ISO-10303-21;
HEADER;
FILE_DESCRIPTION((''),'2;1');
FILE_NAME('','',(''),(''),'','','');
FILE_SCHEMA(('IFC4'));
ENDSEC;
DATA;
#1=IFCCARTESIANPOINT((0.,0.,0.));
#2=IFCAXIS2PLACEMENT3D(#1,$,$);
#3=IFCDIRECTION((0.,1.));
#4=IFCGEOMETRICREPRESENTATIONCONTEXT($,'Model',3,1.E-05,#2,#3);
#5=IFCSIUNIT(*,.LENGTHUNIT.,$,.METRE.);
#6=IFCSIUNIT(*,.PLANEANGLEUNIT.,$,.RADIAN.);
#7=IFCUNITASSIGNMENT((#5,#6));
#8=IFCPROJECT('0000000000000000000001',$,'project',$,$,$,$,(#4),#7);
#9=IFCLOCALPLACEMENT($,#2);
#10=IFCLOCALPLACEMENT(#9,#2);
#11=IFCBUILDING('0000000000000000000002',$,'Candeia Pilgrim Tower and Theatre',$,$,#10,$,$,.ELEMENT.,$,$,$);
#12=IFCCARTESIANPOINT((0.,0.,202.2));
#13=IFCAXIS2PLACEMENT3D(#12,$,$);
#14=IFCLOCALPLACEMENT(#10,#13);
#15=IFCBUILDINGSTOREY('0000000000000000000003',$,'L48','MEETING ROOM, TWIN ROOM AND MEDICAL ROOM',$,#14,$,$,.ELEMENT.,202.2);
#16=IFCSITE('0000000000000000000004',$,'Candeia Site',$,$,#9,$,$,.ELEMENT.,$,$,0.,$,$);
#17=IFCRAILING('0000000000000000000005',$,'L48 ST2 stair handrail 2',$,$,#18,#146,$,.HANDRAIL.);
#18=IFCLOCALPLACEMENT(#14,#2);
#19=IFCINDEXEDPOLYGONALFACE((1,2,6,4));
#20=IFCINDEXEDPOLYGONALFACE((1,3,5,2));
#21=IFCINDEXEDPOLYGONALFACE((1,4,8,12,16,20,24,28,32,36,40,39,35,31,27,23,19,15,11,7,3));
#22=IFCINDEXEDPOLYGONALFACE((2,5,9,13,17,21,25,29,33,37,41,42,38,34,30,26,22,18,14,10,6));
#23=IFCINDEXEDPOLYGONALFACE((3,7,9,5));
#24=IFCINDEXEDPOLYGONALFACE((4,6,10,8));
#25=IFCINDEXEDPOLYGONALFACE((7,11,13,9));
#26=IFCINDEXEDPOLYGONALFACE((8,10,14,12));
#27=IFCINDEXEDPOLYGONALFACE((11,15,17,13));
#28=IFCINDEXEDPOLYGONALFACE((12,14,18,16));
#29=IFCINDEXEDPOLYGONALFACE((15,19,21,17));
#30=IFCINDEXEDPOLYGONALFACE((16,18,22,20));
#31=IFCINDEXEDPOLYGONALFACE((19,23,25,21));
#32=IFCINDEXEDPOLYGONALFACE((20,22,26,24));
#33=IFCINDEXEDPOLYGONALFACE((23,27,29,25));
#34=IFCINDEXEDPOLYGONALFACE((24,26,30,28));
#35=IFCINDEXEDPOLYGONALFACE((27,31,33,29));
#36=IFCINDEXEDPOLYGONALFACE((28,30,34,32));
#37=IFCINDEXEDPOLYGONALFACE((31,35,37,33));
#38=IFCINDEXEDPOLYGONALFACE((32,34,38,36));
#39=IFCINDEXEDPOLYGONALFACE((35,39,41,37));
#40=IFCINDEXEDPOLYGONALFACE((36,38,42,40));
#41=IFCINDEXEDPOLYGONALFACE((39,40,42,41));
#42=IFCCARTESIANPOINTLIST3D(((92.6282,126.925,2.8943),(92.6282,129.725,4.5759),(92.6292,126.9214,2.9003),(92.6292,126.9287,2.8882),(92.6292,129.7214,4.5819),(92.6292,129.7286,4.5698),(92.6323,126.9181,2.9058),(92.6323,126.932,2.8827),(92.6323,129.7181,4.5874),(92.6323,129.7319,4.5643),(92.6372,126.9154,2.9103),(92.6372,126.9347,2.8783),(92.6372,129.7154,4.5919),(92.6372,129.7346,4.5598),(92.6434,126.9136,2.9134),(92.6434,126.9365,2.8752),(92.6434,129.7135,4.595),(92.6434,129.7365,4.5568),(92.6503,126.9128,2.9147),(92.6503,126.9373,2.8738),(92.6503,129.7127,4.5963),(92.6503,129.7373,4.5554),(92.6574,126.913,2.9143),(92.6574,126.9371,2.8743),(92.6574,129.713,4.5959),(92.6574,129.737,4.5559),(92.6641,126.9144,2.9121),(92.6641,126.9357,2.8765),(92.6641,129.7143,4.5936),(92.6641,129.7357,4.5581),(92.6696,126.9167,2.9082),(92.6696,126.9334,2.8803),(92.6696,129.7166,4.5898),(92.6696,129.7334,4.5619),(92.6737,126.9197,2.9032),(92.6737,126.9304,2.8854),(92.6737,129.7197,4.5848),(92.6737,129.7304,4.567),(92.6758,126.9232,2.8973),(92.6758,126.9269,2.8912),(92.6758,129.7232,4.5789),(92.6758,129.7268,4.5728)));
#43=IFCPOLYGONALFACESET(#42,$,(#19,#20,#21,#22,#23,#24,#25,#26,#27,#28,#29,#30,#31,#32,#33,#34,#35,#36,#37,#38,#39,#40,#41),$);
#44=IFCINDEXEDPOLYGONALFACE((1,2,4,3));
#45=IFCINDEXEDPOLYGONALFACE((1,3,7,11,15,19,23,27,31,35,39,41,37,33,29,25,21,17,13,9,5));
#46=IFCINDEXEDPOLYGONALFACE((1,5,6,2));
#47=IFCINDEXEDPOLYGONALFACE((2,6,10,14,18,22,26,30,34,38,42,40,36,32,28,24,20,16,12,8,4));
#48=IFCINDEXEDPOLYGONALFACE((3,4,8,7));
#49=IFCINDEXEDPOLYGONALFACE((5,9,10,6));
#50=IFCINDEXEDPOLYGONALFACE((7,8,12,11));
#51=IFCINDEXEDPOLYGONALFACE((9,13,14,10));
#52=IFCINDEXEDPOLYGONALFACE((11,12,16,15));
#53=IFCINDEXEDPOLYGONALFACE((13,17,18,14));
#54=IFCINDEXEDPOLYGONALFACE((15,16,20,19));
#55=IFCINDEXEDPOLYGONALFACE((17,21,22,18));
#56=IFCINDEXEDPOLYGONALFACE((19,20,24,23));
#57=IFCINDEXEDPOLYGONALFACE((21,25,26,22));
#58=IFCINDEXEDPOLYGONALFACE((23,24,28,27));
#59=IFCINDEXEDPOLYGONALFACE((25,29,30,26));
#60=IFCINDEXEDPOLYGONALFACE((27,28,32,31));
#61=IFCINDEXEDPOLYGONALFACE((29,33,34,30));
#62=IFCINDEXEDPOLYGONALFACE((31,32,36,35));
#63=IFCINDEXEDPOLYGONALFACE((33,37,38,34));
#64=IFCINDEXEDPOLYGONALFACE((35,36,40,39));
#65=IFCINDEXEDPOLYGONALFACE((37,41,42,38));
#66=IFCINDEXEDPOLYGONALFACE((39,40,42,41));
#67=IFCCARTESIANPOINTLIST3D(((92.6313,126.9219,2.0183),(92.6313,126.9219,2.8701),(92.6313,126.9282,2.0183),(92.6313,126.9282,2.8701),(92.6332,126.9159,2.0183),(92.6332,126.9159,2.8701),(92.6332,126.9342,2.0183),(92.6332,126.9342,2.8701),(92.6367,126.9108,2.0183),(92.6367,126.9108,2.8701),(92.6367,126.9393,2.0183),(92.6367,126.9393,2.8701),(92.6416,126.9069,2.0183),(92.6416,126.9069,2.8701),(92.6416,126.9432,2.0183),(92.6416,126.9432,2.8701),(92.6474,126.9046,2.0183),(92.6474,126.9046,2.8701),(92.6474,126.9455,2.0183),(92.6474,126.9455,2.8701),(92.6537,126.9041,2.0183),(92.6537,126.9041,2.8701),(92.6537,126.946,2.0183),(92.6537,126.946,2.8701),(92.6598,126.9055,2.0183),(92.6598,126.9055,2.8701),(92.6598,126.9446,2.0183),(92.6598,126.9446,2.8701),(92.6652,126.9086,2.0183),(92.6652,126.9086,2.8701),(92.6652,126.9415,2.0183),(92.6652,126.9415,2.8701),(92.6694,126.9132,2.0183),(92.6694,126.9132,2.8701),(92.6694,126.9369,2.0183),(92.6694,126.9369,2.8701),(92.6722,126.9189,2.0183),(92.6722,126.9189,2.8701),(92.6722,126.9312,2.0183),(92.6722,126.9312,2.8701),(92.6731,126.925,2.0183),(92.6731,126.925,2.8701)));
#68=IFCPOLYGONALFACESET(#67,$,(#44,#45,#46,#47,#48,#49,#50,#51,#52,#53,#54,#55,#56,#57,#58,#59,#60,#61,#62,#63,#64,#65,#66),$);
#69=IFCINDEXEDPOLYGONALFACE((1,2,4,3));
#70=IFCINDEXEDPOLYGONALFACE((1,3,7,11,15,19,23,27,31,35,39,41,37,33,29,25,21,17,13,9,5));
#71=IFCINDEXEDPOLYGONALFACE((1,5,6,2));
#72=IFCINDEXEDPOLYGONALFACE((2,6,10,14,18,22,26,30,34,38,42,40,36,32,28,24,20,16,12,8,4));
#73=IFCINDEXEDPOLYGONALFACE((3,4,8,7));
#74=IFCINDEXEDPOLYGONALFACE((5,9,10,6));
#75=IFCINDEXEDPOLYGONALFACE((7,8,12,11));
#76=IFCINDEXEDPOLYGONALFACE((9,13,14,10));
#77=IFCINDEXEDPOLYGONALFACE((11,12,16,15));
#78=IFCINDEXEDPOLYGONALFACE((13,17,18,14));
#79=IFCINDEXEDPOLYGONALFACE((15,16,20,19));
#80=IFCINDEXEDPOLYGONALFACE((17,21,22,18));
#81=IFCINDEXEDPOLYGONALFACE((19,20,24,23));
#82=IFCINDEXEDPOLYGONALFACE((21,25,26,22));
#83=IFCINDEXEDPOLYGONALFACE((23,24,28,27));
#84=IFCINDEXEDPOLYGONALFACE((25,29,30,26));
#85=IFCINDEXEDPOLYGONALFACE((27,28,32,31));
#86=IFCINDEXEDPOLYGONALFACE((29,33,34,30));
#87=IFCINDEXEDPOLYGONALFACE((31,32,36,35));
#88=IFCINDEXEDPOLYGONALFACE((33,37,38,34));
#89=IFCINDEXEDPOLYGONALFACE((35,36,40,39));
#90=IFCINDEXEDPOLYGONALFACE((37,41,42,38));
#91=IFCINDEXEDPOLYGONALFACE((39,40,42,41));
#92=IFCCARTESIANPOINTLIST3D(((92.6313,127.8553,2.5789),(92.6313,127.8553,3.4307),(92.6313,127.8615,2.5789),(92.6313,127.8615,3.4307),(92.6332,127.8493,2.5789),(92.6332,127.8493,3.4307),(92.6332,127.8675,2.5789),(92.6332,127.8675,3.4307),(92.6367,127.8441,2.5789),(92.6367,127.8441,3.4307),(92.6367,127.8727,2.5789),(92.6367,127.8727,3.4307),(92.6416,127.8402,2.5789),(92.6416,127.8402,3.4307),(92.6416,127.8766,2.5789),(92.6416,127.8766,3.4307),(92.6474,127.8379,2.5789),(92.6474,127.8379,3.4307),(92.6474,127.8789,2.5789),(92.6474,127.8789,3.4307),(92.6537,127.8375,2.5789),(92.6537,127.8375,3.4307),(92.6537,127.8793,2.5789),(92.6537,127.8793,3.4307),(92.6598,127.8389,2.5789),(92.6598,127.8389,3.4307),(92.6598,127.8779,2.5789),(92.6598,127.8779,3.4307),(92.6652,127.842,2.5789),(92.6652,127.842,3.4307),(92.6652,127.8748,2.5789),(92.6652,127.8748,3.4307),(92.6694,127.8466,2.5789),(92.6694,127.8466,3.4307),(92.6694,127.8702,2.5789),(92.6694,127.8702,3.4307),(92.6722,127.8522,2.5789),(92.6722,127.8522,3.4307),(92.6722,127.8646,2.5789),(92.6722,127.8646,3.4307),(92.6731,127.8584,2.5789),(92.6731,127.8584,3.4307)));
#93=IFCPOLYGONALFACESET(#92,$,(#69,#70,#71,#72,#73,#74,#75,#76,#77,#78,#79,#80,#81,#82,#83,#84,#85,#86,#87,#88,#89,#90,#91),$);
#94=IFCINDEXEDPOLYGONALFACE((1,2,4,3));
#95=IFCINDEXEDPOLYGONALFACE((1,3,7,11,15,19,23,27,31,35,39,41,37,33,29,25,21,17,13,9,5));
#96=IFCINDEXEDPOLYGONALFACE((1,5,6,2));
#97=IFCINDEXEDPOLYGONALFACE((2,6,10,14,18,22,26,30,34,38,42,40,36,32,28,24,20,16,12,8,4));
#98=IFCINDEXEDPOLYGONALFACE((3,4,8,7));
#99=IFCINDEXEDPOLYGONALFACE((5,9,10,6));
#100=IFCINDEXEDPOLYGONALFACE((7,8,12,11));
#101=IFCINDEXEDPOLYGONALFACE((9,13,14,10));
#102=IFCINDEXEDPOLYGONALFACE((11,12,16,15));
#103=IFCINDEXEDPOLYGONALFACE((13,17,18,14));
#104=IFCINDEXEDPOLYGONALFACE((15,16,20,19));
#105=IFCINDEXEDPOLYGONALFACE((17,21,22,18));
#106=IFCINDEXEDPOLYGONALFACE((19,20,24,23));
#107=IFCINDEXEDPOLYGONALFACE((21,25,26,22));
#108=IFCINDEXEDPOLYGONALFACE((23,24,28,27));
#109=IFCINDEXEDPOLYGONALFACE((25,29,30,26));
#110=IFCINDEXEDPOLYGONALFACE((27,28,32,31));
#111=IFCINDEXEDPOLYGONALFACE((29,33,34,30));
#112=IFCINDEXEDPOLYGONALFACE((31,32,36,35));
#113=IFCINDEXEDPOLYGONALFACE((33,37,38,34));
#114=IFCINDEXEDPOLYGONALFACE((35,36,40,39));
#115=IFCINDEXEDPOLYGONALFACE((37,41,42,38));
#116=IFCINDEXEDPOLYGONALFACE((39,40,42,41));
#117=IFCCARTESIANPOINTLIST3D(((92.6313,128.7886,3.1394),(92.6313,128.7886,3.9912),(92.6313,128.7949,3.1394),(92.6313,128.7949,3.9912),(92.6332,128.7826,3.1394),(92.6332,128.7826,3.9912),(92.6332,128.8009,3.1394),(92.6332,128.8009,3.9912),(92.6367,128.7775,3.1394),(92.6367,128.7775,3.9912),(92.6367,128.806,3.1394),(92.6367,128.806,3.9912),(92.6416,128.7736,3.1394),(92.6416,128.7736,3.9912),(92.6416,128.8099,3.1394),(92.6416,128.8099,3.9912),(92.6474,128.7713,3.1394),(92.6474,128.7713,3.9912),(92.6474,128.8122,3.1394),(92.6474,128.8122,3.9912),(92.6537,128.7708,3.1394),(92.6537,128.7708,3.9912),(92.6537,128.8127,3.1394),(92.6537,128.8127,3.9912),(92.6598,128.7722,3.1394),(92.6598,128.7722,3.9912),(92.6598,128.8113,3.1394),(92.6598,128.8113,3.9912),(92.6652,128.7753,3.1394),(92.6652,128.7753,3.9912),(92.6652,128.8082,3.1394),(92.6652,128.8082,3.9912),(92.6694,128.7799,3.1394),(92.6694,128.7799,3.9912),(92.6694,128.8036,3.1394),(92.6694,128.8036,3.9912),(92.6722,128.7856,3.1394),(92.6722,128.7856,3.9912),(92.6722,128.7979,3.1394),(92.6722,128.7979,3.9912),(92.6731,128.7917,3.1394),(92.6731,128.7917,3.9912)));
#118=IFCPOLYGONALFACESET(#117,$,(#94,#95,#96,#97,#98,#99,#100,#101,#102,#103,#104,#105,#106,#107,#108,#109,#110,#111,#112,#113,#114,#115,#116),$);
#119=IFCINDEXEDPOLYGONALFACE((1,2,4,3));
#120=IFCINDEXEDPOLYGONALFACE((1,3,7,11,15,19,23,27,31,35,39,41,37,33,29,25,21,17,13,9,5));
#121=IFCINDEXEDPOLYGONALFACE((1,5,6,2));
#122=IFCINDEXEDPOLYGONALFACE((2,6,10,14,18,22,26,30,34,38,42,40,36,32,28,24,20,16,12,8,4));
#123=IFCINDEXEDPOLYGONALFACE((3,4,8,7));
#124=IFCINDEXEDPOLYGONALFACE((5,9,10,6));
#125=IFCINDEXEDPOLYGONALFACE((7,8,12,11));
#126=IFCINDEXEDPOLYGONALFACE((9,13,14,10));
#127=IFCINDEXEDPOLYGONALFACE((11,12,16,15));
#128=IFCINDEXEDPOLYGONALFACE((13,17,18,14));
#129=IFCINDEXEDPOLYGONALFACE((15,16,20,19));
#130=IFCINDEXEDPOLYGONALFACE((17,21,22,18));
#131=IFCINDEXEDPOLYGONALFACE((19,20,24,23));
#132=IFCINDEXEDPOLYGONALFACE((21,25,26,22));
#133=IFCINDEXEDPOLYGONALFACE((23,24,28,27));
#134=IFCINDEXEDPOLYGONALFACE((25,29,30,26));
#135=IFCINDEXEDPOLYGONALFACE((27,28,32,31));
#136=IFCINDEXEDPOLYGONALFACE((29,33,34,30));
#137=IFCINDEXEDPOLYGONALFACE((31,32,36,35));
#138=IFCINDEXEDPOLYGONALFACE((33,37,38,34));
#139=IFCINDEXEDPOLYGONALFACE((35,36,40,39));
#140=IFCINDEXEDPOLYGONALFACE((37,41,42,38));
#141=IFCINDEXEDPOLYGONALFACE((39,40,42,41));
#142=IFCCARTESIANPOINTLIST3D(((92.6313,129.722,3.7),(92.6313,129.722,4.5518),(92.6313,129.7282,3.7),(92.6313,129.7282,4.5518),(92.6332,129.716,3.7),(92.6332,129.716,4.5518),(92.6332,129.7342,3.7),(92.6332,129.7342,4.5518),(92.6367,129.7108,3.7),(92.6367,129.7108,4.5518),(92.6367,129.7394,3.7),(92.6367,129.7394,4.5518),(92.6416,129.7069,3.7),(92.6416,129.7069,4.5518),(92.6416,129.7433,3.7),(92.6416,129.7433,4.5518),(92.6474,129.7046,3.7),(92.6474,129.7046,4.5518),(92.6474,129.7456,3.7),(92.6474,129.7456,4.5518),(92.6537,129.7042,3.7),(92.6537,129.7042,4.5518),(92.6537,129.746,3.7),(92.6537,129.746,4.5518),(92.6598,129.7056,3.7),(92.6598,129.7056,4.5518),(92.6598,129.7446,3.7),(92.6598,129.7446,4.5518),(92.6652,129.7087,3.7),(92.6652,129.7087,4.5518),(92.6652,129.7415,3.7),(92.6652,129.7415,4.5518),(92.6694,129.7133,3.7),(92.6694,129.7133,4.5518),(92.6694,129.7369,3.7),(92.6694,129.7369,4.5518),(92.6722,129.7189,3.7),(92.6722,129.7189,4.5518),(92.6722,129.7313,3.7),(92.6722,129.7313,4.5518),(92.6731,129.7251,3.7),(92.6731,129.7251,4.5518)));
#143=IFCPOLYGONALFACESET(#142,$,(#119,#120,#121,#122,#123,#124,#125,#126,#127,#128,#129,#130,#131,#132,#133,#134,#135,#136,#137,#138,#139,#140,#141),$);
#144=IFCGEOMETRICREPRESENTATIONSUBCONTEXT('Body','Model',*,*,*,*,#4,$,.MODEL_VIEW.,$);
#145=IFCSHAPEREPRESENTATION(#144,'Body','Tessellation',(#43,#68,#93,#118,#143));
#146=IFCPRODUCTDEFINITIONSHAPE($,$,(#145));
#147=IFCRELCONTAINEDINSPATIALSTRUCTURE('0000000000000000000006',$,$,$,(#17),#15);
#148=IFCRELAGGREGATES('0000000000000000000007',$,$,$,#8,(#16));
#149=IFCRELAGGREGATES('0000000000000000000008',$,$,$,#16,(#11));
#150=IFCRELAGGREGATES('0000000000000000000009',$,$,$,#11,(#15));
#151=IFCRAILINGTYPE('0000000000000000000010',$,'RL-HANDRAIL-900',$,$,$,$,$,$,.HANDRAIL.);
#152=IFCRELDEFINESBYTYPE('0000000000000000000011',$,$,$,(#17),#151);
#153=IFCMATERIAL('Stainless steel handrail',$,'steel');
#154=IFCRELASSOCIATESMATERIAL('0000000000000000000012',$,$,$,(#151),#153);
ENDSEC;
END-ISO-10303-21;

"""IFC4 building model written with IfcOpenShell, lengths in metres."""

from ifc_helpers import new_model, si_unit, direction, frame, origin, origin_2d, place, context, subcontext, project, spatial, circle, extrude, material, type_object, element, save


model = new_model("IFC4")

# Units and contexts
model_context = context("Model", 3, precision=1e-05, world=origin(), true_north=direction((0.0, 1.0)))
body_context = subcontext(model_context, "Body", "Model", "MODEL_VIEW")
ifc_project = project(units=[si_unit("LENGTHUNIT", "METRE"), si_unit("PLANEANGLEUNIT", "RADIAN")], contexts=[model_context])

# Site, building, storey
site_placement = place(None, origin())
site = spatial("IfcSite", under=ifc_project, at=site_placement, Name="Candeia Site", CompositionType="ELEMENT", RefElevation=0.0)
building_placement = place(site_placement, origin())
building = spatial("IfcBuilding", under=site, at=building_placement, Name="Candeia Pilgrim Tower and Theatre", CompositionType="ELEMENT")
storey_placement = place(building_placement, frame((0.0, 0.0, 202.2)))
storey = spatial("IfcBuildingStorey", under=building, at=storey_placement, Name="L48", Description="MEETING ROOM, TWIN ROOM AND MEDICAL ROOM", CompositionType="ELEMENT", Elevation=202.2)

# Railing
ifc_material_1 = material(Name="Stainless steel handrail", Category="steel")
railing_type = type_object("IfcRailingType", Name="RL-HANDRAIL-900", PredefinedType="HANDRAIL", material=ifc_material_1)
for number, where, name in (
    (1, (92.6521, 126.925, 2.0183), "L48 ST2 stair handrail 2"),
):
    element("IfcRailing", number, at=place(storey_placement, frame(where)), inside=storey, type_object=railing_type, Name=name, PredefinedType="HANDRAIL", context=body_context, shape_type="SweptSolid", body=[
        extrude(circle(Radius=0.0239, at=origin_2d()), frame((0.0, 0.0, 0.876), z_axis=(0.0, 0.857275, 0.514858), x_axis=(-1.0, 0.0, 0.0)), (0.0, 0.0, 1.0), 3.2661),
        extrude(circle(Radius=0.021, at=origin_2d()), origin(), (0.0, 0.0, 1.0), 0.8518),
        extrude(circle(Radius=0.021, at=origin_2d()), frame((0.0, 0.9333, 0.5605)), (0.0, 0.0, 1.0), 0.8518),
        extrude(circle(Radius=0.021, at=origin_2d()), frame((0.0, 1.8667, 1.1211)), (0.0, 0.0, 1.0), 0.8518),
        extrude(circle(Radius=0.021, at=origin_2d()), frame((0.0, 2.8, 1.6816)), (0.0, 0.0, 1.0), 0.8518),
    ])

save(model, "model.ifc")
